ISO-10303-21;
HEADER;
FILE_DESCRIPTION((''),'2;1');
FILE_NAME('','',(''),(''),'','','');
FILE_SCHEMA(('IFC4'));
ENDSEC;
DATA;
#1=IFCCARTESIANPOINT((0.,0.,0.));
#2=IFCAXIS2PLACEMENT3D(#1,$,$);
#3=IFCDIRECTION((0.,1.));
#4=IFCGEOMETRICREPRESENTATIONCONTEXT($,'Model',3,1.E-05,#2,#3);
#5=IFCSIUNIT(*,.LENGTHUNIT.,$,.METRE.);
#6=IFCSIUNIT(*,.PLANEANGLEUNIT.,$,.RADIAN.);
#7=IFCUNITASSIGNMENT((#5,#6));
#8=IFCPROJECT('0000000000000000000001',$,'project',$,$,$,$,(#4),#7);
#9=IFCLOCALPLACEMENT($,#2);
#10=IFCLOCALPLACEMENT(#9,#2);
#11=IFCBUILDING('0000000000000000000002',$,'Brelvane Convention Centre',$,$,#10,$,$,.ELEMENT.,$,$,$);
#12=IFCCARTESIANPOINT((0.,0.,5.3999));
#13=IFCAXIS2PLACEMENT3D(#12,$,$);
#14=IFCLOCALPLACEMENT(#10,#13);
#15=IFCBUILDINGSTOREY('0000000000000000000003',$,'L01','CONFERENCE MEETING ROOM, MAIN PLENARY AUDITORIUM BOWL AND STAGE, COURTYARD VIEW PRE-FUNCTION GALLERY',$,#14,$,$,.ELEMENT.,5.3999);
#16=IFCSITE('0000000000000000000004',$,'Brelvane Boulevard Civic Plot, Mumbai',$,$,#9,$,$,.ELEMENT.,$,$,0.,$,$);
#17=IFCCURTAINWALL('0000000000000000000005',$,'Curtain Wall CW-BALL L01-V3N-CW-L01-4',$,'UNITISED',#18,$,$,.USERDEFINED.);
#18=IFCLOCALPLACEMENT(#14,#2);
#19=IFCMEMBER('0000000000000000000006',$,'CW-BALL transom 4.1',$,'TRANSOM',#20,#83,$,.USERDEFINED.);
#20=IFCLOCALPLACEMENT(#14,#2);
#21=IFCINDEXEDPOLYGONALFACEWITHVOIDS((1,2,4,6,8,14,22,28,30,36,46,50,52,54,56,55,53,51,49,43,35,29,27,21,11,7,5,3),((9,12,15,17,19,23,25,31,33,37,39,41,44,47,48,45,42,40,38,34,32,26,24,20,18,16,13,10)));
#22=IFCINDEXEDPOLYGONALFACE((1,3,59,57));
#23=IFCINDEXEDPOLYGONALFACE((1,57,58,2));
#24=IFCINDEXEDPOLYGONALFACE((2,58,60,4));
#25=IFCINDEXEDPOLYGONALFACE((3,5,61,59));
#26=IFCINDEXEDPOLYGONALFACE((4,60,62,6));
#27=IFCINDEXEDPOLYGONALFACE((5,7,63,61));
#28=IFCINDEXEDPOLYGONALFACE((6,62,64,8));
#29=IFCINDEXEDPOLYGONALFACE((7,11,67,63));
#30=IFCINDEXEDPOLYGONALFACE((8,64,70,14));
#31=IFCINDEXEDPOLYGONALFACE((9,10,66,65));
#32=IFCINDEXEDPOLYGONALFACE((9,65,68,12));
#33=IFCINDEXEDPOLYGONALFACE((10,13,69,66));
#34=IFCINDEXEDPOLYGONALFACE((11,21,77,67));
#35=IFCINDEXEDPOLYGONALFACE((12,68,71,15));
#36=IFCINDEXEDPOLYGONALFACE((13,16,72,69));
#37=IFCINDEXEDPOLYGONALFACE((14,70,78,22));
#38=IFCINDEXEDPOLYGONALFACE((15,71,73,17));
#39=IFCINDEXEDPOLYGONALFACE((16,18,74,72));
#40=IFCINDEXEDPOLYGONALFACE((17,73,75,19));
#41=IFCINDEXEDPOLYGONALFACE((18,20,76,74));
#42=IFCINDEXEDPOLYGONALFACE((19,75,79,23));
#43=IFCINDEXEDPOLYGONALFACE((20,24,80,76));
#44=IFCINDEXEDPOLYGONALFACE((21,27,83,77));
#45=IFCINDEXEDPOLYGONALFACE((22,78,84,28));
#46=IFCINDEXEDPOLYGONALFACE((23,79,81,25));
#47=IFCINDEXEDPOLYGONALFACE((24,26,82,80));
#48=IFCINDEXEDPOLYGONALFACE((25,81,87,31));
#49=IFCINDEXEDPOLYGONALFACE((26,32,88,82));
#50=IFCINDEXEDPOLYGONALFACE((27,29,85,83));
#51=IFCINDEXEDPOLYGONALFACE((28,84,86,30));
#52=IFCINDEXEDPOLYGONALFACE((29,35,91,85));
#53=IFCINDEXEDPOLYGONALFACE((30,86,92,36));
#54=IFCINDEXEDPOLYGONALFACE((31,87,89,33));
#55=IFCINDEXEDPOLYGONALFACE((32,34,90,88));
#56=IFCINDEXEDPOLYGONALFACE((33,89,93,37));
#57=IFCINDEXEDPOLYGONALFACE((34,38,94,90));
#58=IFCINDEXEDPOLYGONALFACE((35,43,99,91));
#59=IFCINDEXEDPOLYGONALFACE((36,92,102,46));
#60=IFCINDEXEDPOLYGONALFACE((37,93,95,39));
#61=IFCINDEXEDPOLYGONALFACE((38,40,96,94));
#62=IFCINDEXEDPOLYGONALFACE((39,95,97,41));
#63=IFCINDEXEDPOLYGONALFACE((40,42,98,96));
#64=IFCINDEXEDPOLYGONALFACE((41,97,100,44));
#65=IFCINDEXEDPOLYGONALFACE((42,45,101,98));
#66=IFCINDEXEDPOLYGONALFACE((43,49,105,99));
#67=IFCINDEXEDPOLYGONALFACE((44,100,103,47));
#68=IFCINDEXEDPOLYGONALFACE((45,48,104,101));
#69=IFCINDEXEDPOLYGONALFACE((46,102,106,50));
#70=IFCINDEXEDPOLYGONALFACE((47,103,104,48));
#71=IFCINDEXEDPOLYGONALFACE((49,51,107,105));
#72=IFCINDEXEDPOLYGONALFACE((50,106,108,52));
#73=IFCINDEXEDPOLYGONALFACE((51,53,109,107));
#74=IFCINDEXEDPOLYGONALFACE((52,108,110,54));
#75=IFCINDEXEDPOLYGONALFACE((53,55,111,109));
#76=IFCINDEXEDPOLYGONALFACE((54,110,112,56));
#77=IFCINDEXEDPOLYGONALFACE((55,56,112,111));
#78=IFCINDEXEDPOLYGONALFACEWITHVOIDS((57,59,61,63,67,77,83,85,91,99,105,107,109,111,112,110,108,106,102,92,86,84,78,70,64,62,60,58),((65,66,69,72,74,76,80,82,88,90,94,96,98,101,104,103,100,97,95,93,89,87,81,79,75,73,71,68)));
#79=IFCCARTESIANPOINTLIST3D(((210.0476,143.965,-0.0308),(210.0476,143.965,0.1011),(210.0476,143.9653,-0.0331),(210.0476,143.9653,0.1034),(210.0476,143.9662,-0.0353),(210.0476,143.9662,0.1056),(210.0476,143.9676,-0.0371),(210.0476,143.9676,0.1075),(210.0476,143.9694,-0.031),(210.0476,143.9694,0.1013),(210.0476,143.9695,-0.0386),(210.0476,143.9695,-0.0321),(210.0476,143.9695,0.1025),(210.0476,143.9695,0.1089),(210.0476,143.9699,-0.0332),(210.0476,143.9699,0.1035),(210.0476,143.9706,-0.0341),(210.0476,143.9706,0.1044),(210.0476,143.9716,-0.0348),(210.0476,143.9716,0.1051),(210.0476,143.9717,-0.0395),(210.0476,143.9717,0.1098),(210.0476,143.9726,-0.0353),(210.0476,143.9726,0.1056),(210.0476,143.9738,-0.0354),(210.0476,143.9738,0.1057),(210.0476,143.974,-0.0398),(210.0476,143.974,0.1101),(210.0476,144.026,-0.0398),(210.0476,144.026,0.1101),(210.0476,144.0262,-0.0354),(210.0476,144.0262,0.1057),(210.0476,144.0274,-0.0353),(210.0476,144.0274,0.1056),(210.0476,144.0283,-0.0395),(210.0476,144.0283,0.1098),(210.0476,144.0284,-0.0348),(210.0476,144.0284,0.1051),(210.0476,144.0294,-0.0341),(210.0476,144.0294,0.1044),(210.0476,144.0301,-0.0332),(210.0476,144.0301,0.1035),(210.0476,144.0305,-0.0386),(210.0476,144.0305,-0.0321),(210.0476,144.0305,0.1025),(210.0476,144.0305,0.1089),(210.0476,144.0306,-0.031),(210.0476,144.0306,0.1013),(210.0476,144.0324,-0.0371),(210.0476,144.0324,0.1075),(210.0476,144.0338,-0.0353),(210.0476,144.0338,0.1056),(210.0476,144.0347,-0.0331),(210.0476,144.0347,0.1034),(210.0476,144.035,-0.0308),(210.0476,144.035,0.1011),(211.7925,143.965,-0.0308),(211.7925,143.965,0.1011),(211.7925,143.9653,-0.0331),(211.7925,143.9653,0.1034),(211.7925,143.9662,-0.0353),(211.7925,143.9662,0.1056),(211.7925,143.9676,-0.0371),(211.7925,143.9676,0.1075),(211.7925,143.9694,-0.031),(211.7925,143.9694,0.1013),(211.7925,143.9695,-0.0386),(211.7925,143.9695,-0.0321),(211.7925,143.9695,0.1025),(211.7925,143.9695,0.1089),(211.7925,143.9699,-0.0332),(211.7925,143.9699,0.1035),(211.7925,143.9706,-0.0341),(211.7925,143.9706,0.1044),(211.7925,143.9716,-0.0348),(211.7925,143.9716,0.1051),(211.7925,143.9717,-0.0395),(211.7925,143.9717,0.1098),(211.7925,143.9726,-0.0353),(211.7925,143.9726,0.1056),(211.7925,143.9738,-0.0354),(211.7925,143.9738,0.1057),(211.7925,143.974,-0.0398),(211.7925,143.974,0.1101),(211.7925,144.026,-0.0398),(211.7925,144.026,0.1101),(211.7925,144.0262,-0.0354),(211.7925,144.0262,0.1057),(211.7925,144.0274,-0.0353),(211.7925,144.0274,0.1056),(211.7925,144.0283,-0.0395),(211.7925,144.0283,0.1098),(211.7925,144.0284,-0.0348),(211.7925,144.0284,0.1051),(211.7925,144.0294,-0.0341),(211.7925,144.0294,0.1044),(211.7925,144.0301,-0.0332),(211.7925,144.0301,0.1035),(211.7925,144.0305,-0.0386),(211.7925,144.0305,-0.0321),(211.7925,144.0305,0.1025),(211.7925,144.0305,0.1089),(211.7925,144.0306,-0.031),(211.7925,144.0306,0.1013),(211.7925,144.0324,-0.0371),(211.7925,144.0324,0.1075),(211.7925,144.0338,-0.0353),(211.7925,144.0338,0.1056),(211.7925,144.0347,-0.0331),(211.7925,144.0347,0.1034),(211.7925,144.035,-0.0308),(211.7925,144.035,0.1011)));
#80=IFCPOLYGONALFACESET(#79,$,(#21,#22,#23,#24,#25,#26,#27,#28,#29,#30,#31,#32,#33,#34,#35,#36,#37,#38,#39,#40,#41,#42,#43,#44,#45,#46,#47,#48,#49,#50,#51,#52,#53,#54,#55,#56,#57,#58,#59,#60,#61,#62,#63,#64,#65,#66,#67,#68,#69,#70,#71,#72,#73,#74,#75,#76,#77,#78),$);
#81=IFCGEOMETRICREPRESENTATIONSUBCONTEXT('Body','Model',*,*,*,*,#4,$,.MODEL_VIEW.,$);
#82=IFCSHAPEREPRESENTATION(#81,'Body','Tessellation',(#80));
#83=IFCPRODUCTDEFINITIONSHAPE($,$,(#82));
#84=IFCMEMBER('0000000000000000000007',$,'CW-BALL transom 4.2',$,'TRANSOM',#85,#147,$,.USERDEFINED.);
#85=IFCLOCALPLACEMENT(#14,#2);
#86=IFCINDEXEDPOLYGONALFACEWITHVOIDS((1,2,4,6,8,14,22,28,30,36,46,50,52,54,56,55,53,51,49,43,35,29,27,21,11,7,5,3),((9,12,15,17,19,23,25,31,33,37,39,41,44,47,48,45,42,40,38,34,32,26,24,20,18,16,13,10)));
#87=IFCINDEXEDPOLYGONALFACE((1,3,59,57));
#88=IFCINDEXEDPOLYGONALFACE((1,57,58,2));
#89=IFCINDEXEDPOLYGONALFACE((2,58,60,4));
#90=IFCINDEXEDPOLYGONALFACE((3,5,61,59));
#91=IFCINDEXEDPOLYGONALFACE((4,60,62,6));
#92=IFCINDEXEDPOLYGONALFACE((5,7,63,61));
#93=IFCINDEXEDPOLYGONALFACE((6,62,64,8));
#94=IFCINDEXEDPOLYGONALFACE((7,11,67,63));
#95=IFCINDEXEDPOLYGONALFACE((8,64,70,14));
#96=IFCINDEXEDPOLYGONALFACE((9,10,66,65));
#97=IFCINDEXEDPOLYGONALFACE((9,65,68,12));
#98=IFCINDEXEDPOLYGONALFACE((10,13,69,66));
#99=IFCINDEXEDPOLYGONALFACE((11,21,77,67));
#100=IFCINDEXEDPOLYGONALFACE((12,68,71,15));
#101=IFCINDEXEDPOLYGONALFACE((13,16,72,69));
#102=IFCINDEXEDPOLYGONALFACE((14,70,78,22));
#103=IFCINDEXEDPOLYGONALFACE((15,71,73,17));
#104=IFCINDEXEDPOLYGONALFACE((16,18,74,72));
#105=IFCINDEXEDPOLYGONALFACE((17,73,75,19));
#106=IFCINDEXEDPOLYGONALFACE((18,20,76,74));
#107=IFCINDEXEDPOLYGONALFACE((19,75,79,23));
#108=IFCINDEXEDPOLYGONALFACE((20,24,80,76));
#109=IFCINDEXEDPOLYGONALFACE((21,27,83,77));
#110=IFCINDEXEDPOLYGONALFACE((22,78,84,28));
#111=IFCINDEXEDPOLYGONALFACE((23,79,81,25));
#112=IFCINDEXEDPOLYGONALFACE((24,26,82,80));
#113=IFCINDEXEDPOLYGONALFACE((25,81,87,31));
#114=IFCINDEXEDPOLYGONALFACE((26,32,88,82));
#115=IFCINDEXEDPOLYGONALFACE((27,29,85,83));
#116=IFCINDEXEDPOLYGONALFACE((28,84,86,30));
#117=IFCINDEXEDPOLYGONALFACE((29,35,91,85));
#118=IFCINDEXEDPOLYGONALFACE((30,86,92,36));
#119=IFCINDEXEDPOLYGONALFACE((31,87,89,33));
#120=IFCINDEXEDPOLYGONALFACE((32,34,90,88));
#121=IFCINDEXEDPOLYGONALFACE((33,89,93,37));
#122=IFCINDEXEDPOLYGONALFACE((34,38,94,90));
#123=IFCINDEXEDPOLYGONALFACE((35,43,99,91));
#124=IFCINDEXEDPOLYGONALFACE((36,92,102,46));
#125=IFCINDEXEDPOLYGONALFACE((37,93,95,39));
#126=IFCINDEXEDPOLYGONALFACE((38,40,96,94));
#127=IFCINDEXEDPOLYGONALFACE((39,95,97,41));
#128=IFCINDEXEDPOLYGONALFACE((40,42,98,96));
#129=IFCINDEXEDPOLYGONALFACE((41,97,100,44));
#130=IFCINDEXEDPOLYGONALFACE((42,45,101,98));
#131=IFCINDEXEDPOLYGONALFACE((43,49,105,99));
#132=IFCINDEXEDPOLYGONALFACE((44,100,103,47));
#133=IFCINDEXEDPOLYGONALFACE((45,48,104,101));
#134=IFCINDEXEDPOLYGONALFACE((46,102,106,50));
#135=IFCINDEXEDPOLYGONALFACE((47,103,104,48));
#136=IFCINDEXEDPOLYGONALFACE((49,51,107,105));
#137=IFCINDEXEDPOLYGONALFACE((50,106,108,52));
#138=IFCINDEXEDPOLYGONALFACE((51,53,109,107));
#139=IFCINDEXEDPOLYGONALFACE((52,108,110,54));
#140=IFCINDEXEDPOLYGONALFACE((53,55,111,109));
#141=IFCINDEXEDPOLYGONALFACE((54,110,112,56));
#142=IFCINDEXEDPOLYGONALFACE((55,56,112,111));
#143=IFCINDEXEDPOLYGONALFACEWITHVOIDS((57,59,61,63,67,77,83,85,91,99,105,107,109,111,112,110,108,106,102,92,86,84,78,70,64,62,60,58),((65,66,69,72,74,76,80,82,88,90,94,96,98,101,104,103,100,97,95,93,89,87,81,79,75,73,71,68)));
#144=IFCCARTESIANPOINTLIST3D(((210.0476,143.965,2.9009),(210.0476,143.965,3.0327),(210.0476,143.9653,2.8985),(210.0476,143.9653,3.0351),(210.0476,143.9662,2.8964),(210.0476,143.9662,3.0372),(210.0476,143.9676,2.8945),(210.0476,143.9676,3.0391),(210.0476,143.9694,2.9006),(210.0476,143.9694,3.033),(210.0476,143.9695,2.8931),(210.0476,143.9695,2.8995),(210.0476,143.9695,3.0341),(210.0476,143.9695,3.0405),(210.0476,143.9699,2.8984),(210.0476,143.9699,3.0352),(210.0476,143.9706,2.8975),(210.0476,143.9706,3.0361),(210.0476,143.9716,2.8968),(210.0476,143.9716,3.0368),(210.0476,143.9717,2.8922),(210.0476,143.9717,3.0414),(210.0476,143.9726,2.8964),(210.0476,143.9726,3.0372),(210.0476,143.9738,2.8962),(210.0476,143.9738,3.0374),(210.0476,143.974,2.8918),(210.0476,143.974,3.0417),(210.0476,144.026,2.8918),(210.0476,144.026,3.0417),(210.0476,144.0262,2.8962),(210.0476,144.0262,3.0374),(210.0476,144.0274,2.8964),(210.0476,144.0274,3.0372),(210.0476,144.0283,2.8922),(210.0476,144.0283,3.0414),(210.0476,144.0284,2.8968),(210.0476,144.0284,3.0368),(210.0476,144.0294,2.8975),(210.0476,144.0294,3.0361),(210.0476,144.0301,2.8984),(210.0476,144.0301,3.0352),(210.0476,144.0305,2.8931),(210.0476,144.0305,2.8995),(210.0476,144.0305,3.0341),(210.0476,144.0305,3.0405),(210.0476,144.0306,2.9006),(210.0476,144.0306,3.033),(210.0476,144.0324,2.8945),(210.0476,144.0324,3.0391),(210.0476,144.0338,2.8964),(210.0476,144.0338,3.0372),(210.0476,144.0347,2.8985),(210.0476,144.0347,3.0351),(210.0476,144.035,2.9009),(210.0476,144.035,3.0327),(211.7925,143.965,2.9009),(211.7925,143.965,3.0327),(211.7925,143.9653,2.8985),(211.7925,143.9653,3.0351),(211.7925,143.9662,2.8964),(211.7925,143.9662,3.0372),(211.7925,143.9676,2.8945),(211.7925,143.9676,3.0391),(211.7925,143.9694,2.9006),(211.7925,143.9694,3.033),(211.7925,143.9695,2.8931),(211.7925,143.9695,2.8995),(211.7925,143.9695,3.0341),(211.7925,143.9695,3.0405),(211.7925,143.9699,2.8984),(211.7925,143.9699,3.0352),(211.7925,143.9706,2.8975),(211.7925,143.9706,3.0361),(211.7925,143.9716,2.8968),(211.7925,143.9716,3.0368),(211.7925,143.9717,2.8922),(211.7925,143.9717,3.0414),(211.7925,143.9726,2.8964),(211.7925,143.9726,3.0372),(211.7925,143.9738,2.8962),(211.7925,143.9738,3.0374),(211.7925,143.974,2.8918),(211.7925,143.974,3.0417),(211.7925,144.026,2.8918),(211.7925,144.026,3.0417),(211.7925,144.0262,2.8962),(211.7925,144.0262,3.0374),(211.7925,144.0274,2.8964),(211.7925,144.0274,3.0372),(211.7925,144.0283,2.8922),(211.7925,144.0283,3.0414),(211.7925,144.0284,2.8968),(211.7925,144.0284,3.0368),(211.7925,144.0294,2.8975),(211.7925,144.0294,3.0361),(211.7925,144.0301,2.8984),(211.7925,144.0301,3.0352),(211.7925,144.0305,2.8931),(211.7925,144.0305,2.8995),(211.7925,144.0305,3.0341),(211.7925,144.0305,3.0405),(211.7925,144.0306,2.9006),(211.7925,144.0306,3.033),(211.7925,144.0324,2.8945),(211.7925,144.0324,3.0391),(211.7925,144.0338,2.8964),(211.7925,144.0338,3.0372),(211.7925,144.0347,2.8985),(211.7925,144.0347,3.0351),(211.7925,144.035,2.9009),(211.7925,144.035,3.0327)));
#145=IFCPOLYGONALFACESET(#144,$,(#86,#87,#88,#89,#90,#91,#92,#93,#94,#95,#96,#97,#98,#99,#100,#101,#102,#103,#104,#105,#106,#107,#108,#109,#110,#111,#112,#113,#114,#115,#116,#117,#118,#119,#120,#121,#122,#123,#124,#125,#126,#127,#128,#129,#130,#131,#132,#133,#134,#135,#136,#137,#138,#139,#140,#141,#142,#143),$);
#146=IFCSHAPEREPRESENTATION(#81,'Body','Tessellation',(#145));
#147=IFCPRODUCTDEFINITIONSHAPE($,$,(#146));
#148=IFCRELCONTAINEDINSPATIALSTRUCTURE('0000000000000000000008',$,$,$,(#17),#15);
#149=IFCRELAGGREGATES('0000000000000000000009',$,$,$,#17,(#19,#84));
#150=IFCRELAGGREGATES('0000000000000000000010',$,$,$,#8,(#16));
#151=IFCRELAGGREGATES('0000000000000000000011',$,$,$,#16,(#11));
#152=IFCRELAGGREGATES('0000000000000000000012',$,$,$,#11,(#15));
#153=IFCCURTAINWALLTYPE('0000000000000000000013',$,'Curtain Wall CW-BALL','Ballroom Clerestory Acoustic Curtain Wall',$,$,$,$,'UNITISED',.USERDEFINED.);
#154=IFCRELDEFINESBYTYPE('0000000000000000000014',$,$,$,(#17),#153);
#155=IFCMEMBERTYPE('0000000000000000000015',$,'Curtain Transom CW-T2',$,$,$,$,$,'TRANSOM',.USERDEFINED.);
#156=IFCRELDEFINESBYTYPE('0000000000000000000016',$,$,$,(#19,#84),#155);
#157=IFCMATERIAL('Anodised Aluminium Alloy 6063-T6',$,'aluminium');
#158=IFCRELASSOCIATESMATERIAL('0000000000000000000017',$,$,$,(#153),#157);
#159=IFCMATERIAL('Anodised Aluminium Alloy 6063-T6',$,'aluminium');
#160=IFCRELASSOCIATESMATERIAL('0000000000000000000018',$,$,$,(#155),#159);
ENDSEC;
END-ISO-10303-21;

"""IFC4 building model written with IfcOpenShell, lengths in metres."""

from ifc_helpers import new_model, si_unit, direction, frame, origin, origin_2d, place, context, subcontext, project, spatial, hollow_rectangle, extrude, material, material_profile, profile_set, type_object, element, aggregate, save


model = new_model("IFC4")

# Units and contexts
model_context = context("Model", 3, precision=1e-05, world=origin(), true_north=direction((0.0, 1.0)))
body_context = subcontext(model_context, "Body", "Model", "MODEL_VIEW")
ifc_project = project(units=[si_unit("LENGTHUNIT", "METRE"), si_unit("PLANEANGLEUNIT", "RADIAN")], contexts=[model_context])

# Site, building, storey
site_placement = place(None, origin())
site = spatial("IfcSite", under=ifc_project, at=site_placement, Name="Brelvane Boulevard Civic Plot, Mumbai", CompositionType="ELEMENT", RefElevation=0.0)
building_placement = place(site_placement, origin())
building = spatial("IfcBuilding", under=site, at=building_placement, Name="Brelvane Convention Centre", CompositionType="ELEMENT")
storey_placement = place(building_placement, frame((0.0, 0.0, 5.3999)))
storey = spatial("IfcBuildingStorey", under=building, at=storey_placement, Name="L01", Description="CONFERENCE MEETING ROOM, MAIN PLENARY AUDITORIUM BOWL AND STAGE, COURTYARD VIEW PRE-FUNCTION GALLERY", CompositionType="ELEMENT", Elevation=5.3999)

# Curtain wall
ifc_material_1 = material(Name="Anodised Aluminium Alloy 6063-T6", Category="aluminium")
curtain_wall_type = type_object("IfcCurtainWallType", Name="Curtain Wall CW-BALL", Description="Ballroom Clerestory Acoustic Curtain Wall", ElementType="UNITISED", PredefinedType="USERDEFINED", material=ifc_material_1)
curtain_wall_1_placement = place(storey_placement, origin())
curtain_wall_1 = element("IfcCurtainWall", 1, at=curtain_wall_1_placement, inside=storey, type_object=curtain_wall_type, Name="Curtain Wall CW-BALL L01-V3N-CW-L01-4", ObjectType="UNITISED", PredefinedType="USERDEFINED")

# Members
ifc_material_2 = material(Name="Anodised Aluminium Alloy 6063-T6", Category="aluminium")
ifc_material_profile_1 = material_profile(ifc_material_2, hollow_rectangle(XDim=0.0701, YDim=0.1499, WallThickness=0.0044, InnerFilletRadius=0.0044, OuterFilletRadius=0.009, at=origin_2d()), Name="ALU-T 150x70x4.5")
ifc_profile_set_1 = profile_set([ifc_material_profile_1], Name="Anodised Aluminium Alloy 6063-T6")
member_type_1 = type_object("IfcMemberType", Name="Curtain Transom CW-T2", ElementType="TRANSOM", PredefinedType="USERDEFINED", material=ifc_profile_set_1)
member_1_placement = place(storey_placement, frame((210.0476, 144.0, 0.0352), z_axis=(1.0, 0.0, 0.0), x_axis=(0.0, 1.0, 0.0)))
member_1 = element("IfcMember", 2, at=member_1_placement, type_object=member_type_1, Name="CW-BALL transom 4.1", ObjectType="TRANSOM", PredefinedType="USERDEFINED", context=body_context, shape_type="SweptSolid", body=[
    extrude(hollow_rectangle(XDim=0.0701, YDim=0.1499, WallThickness=0.0044, InnerFilletRadius=0.0044, OuterFilletRadius=0.009, at=origin_2d()), origin(), (0.0, 0.0, 1.0), 1.7449),
])
member_2_placement = place(storey_placement, frame((210.0476, 144.0, 2.9668), z_axis=(1.0, 0.0, 0.0), x_axis=(0.0, 1.0, 0.0)))
member_2 = element("IfcMember", 3, at=member_2_placement, type_object=member_type_1, Name="CW-BALL transom 4.2", ObjectType="TRANSOM", PredefinedType="USERDEFINED", context=body_context, shape_type="SweptSolid", body=[
    extrude(hollow_rectangle(XDim=0.0701, YDim=0.1499, WallThickness=0.0044, InnerFilletRadius=0.0044, OuterFilletRadius=0.009, at=origin_2d()), origin(), (0.0, 0.0, 1.0), 1.7449),
])

aggregate(curtain_wall_1, [member_1, member_2])

save(model, "model.ifc")
